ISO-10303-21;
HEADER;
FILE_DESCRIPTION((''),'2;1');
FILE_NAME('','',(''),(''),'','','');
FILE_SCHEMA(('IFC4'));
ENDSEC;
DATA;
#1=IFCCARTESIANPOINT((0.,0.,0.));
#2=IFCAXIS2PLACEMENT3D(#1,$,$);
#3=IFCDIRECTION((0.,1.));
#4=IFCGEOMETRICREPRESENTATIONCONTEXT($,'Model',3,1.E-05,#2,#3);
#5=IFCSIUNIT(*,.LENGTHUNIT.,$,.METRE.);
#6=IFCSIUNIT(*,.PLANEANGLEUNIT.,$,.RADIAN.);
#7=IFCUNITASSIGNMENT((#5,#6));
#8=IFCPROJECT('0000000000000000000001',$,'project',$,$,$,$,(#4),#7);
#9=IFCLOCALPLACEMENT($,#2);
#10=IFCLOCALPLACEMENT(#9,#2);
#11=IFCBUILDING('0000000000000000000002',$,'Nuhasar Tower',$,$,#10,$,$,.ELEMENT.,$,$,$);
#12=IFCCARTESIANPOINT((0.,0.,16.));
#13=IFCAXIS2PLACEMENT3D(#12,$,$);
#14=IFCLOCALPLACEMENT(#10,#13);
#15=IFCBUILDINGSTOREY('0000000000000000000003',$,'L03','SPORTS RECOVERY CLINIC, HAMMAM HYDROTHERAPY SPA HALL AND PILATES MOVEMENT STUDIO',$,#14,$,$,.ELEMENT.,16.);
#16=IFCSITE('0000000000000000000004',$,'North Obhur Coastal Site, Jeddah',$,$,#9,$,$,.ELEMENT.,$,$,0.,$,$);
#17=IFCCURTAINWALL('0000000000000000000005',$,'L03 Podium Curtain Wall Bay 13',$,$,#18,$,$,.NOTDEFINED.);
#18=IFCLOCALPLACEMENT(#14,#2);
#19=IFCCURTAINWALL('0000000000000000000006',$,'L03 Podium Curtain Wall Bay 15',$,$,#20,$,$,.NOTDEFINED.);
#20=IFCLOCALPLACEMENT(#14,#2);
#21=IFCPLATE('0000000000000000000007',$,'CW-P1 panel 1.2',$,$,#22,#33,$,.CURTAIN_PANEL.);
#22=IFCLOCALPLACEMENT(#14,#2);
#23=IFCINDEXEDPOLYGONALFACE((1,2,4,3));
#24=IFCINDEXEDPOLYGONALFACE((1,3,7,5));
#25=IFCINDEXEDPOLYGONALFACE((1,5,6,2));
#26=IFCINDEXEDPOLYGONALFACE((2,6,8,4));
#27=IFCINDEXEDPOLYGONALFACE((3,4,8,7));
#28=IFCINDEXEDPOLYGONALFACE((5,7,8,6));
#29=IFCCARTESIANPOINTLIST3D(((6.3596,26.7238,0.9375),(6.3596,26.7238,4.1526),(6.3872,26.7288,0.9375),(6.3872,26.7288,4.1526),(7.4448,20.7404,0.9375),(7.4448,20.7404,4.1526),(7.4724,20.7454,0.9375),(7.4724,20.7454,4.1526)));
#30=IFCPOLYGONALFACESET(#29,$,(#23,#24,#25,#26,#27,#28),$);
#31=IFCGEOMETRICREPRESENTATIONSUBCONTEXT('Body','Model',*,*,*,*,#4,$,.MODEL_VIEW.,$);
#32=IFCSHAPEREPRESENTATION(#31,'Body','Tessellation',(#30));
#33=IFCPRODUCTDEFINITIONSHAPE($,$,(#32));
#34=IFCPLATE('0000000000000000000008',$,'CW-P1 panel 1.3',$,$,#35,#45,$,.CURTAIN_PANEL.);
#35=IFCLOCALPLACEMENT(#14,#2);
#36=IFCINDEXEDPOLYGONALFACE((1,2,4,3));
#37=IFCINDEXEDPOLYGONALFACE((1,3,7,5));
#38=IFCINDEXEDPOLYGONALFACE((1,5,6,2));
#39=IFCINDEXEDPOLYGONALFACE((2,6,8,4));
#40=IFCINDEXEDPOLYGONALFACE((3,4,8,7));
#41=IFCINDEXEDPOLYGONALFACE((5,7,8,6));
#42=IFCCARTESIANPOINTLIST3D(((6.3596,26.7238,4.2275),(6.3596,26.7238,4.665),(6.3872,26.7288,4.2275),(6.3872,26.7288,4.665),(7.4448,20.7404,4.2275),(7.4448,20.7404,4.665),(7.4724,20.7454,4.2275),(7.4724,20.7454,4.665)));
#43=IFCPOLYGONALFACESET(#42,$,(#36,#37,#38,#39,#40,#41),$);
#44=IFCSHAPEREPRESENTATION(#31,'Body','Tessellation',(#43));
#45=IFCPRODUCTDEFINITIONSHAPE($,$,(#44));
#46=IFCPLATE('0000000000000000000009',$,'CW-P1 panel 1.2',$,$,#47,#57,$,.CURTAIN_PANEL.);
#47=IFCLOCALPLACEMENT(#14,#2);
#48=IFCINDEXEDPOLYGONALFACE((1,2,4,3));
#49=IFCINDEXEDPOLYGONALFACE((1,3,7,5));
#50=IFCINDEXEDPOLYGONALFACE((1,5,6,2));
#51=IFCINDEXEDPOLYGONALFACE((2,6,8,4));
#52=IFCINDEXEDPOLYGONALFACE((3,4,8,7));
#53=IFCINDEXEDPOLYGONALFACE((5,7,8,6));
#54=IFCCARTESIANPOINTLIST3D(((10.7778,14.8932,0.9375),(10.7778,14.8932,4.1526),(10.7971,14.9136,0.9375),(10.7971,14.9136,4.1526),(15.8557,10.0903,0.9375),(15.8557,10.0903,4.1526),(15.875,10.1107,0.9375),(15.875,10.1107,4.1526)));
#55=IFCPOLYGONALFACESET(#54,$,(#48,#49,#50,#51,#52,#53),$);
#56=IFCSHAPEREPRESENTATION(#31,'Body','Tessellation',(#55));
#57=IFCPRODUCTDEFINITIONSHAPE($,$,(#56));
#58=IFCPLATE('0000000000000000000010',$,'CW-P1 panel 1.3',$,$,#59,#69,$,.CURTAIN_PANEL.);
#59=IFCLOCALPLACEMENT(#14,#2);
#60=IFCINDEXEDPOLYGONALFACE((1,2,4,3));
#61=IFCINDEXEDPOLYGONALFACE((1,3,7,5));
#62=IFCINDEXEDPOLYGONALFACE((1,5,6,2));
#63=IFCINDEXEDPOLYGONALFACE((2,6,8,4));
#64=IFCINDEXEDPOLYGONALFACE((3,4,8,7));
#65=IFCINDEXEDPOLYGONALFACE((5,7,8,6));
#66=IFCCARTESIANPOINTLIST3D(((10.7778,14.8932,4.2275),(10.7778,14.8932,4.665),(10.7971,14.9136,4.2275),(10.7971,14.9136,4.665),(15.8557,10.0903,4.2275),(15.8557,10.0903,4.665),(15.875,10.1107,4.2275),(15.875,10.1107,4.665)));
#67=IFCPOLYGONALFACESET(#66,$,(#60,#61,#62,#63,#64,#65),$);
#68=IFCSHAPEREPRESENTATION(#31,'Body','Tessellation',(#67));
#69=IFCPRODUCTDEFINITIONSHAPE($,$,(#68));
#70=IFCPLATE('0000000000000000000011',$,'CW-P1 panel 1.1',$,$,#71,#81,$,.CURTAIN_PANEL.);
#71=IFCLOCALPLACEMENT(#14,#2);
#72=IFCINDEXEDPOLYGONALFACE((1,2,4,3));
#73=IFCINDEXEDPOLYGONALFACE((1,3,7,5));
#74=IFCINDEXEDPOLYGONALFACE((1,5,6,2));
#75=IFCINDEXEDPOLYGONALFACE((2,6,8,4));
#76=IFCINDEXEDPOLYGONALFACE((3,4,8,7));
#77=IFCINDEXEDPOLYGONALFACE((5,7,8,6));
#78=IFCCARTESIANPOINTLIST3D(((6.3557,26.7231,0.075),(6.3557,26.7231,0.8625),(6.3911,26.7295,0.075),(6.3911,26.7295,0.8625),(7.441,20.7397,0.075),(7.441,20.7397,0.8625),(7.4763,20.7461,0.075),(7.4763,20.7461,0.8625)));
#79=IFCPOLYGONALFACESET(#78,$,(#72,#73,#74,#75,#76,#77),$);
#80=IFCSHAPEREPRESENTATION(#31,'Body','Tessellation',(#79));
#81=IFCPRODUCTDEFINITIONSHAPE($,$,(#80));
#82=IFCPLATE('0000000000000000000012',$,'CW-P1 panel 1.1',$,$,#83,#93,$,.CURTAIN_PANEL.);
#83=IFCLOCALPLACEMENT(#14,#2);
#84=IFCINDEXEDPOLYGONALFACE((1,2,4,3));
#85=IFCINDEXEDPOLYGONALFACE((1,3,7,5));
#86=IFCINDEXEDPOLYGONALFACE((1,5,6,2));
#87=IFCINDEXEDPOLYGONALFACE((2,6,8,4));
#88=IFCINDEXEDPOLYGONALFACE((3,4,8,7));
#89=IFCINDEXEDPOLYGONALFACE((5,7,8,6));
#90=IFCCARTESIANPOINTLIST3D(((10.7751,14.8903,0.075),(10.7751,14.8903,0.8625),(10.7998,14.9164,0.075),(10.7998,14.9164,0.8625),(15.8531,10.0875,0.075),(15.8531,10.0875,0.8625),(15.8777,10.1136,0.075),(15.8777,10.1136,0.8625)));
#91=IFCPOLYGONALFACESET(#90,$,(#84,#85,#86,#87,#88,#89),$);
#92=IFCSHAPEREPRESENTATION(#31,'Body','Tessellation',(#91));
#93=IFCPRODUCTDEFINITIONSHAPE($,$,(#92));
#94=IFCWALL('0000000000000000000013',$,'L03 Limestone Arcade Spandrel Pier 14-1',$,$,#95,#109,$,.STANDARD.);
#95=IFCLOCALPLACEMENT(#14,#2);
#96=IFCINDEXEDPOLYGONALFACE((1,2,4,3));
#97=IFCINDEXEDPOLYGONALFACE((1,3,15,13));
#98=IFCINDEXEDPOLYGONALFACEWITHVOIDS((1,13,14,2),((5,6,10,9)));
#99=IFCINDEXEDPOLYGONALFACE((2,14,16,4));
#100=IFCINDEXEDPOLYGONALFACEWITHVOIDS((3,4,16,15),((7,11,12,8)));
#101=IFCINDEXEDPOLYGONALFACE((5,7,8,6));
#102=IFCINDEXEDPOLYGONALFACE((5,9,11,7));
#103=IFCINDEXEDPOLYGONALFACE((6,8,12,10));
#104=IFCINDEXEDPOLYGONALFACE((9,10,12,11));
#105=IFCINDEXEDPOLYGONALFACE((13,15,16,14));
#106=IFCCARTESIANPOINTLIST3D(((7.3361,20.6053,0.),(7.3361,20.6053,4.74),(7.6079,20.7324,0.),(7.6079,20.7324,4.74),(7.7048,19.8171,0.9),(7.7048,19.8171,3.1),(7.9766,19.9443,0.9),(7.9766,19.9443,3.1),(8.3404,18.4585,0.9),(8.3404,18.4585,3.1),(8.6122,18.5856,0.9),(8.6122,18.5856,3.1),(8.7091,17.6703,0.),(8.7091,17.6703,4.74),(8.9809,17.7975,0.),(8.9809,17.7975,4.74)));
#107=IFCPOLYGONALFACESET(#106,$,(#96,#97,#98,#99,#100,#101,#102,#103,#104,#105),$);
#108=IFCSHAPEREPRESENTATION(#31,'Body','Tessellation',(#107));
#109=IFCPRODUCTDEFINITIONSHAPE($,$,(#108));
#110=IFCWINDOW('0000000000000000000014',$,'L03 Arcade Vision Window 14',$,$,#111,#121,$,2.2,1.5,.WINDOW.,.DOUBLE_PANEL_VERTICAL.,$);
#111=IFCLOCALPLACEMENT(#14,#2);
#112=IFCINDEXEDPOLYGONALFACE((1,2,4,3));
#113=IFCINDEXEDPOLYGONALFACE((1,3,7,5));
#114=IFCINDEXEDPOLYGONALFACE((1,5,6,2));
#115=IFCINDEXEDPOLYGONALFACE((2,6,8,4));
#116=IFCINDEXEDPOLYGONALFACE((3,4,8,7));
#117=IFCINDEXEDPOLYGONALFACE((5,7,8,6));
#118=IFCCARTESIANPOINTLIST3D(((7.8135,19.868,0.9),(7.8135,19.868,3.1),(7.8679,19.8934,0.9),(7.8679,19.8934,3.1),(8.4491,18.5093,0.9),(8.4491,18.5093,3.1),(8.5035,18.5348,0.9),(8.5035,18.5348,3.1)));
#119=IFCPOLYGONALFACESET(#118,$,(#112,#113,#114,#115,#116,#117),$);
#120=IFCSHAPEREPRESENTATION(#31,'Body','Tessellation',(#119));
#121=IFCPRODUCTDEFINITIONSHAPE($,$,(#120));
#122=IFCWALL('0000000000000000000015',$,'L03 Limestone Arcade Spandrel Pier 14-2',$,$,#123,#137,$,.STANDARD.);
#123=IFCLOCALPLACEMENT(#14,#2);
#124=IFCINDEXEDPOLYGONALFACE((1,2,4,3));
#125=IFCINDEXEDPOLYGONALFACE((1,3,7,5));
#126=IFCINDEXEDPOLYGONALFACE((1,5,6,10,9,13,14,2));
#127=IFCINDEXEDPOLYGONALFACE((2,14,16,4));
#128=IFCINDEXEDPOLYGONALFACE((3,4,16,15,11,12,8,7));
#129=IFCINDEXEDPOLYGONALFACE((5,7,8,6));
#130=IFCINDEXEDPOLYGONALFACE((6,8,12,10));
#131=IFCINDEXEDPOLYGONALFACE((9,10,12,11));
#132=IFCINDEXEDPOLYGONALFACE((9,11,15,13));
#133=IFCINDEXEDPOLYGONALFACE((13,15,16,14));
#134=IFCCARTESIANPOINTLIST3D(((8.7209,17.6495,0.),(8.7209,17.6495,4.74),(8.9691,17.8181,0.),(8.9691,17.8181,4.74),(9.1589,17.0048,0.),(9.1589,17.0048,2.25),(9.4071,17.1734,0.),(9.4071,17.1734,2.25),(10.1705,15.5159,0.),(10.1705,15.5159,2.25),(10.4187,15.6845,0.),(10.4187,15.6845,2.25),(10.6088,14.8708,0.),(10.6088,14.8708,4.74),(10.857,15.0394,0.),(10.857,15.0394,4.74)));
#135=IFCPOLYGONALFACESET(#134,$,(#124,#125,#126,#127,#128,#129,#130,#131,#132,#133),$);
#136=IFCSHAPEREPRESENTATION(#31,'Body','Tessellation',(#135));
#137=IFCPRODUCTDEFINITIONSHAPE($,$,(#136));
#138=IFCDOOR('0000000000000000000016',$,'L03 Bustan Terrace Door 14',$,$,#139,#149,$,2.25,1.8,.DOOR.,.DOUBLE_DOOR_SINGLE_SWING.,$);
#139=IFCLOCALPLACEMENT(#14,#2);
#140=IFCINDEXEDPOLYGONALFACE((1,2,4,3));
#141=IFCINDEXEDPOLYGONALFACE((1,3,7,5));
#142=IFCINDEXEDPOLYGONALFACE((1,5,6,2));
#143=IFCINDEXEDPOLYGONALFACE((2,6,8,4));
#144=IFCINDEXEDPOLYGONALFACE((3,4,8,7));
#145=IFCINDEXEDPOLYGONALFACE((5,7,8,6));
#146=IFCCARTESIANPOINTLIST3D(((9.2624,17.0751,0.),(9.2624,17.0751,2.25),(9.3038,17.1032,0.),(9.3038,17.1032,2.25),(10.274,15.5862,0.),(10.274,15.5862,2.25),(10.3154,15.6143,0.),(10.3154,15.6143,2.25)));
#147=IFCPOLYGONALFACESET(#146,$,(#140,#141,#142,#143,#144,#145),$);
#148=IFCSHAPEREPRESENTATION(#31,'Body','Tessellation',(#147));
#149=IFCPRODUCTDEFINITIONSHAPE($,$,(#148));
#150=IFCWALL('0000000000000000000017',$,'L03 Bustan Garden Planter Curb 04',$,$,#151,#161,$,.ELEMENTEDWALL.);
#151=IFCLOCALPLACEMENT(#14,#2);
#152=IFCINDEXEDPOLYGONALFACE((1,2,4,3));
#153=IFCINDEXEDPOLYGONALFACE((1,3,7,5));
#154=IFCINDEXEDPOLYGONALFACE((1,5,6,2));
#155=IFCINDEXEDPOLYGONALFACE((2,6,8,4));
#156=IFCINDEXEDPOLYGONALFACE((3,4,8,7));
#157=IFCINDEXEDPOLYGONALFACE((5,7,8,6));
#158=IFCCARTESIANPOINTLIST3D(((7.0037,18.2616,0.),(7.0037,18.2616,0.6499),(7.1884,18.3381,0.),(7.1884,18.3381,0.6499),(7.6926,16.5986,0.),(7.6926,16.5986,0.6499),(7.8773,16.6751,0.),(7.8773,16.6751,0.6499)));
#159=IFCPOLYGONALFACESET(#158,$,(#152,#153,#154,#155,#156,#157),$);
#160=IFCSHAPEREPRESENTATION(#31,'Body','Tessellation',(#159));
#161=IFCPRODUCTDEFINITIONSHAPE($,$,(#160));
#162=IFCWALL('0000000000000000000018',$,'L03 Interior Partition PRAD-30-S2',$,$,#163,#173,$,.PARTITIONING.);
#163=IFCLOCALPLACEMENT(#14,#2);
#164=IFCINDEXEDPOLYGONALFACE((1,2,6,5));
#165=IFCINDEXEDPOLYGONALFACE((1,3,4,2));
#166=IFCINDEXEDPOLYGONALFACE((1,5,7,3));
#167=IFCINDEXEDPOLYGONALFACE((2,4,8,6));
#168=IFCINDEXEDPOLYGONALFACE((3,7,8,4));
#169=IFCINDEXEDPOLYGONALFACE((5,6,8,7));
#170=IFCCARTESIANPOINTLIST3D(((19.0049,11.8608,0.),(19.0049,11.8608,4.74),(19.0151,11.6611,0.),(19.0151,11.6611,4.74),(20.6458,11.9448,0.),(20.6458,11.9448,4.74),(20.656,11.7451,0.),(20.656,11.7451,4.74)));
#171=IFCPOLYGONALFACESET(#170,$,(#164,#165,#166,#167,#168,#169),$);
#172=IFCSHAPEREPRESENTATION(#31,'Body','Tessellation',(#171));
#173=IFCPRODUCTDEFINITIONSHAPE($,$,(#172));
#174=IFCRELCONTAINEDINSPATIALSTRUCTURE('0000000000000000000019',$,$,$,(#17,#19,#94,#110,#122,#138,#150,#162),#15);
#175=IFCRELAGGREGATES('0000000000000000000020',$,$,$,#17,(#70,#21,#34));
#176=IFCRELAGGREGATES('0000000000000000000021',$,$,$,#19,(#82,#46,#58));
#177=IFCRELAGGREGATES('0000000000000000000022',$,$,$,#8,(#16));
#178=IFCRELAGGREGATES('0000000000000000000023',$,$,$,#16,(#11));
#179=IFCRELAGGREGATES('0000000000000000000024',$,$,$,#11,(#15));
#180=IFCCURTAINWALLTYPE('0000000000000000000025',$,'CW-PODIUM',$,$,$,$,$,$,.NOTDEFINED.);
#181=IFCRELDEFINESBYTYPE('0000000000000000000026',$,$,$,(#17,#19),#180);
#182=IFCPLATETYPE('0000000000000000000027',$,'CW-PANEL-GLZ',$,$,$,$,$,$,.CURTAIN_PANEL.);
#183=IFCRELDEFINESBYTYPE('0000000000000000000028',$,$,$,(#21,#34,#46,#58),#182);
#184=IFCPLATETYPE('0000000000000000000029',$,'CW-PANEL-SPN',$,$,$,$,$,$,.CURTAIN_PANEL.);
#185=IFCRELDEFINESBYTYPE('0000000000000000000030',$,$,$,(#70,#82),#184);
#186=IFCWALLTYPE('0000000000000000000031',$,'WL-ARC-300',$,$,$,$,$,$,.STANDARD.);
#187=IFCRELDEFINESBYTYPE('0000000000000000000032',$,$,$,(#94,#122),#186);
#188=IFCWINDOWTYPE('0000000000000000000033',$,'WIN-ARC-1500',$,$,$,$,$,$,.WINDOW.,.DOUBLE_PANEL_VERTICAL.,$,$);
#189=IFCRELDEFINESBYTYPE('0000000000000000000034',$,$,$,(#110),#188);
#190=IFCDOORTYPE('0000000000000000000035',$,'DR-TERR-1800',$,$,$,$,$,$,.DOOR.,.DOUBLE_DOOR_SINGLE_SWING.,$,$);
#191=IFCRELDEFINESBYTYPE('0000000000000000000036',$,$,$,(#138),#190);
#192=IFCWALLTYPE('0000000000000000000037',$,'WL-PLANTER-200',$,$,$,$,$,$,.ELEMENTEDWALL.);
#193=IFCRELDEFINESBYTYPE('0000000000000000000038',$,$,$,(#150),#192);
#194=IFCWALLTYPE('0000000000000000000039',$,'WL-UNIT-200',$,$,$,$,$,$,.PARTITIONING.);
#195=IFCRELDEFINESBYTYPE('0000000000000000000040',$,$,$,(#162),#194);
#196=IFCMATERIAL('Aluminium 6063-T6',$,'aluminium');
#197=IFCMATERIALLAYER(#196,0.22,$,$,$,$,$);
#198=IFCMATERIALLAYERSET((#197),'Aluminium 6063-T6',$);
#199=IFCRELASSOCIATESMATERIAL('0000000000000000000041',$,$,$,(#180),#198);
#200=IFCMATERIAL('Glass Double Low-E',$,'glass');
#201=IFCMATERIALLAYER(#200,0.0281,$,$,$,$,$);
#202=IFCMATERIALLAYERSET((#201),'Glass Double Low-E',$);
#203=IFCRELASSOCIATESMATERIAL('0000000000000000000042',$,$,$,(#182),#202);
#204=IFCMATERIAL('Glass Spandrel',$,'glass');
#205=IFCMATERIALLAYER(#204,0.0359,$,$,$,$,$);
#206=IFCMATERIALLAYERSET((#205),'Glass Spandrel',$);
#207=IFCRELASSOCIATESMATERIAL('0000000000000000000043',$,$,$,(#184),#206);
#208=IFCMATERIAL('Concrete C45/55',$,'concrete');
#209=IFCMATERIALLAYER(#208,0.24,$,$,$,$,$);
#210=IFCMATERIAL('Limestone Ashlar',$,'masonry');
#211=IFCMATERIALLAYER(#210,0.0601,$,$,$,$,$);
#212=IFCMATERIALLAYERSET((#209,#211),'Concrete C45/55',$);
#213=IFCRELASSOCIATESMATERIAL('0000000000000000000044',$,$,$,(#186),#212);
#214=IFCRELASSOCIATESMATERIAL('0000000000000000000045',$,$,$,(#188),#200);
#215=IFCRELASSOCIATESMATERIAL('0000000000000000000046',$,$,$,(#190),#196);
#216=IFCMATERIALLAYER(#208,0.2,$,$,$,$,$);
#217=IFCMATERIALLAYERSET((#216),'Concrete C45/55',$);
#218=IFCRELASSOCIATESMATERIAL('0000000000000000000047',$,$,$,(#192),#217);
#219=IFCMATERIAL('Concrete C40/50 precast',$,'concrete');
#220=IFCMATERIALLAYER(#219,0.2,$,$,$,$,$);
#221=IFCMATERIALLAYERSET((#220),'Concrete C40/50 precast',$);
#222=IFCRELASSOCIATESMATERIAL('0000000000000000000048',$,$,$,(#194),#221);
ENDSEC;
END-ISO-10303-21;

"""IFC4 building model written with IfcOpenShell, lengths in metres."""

from ifc_helpers import new_model, si_unit, direction, frame, frame_2d, origin, origin_2d, place, context, subcontext, project, spatial, rectangle, extrude, material, layer, layer_set, type_object, element, fill, aggregate, save


model = new_model("IFC4")

# Units and contexts
model_context = context("Model", 3, precision=1e-05, world=origin(), true_north=direction((0.0, 1.0)))
body_context = subcontext(model_context, "Body", "Model", "MODEL_VIEW")
ifc_project = project(units=[si_unit("LENGTHUNIT", "METRE"), si_unit("PLANEANGLEUNIT", "RADIAN")], contexts=[model_context])

# Site, building, storey
site_placement = place(None, origin())
site = spatial("IfcSite", under=ifc_project, at=site_placement, Name="North Obhur Coastal Site, Jeddah", CompositionType="ELEMENT", RefElevation=0.0)
building_placement = place(site_placement, origin())
building = spatial("IfcBuilding", under=site, at=building_placement, Name="Nuhasar Tower", CompositionType="ELEMENT")
storey_placement = place(building_placement, frame((0.0, 0.0, 16.0)))
storey = spatial("IfcBuildingStorey", under=building, at=storey_placement, Name="L03", Description="SPORTS RECOVERY CLINIC, HAMMAM HYDROTHERAPY SPA HALL AND PILATES MOVEMENT STUDIO", CompositionType="ELEMENT", Elevation=16.0)

# Curtain wall
ifc_material_1 = material(Name="Aluminium 6063-T6", Category="aluminium")
ifc_layer_1 = layer(ifc_material_1, 0.22)
ifc_layer_set_1 = layer_set([ifc_layer_1], Name="Aluminium 6063-T6")
curtain_wall_type = type_object("IfcCurtainWallType", Name="CW-PODIUM", PredefinedType="NOTDEFINED", material=ifc_layer_set_1)
curtain_wall_1_placement = place(storey_placement, origin())
curtain_wall_1 = element("IfcCurtainWall", 1, at=curtain_wall_1_placement, inside=storey, type_object=curtain_wall_type, Name="L03 Podium Curtain Wall Bay 13", PredefinedType="NOTDEFINED")

# Curtain wall
curtain_wall_2_placement = place(storey_placement, origin())
curtain_wall_2 = element("IfcCurtainWall", 2, at=curtain_wall_2_placement, inside=storey, type_object=curtain_wall_type, Name="L03 Podium Curtain Wall Bay 15", PredefinedType="NOTDEFINED")

# Plates
ifc_material_2 = material(Name="Glass Double Low-E", Category="glass")
ifc_layer_2 = layer(ifc_material_2, 0.0281)
ifc_layer_set_2 = layer_set([ifc_layer_2], Name="Glass Double Low-E")
plate_type_1 = type_object("IfcPlateType", Name="CW-PANEL-GLZ", PredefinedType="CURTAIN_PANEL", material=ifc_layer_set_2)
plate_1_placement = place(storey_placement, frame((6.916, 23.7346, 0.9375), z_axis=(0.0, 0.0, 1.0), x_axis=(0.178462, -0.983947, 0.0)))
plate_1 = element("IfcPlate", 3, at=plate_1_placement, type_object=plate_type_1, Name="CW-P1 panel 1.2", PredefinedType="CURTAIN_PANEL", context=body_context, shape_type="SweptSolid", body=[
    extrude(rectangle(XDim=6.0811, YDim=0.0281, at=origin_2d()), origin(), (0.0, 0.0, 1.0), 3.2151),
])
plate_2_placement = place(storey_placement, frame((6.916, 23.7346, 4.2275), z_axis=(0.0, 0.0, 1.0), x_axis=(0.178462, -0.983947, 0.0)))
plate_2 = element("IfcPlate", 4, at=plate_2_placement, type_object=plate_type_1, Name="CW-P1 panel 1.3", PredefinedType="CURTAIN_PANEL", context=body_context, shape_type="SweptSolid", body=[
    extrude(rectangle(XDim=6.0811, YDim=0.0281, at=origin_2d()), origin(), (0.0, 0.0, 1.0), 0.4375),
])
plate_3_placement = place(storey_placement, frame((13.3264, 12.502, 0.9375), z_axis=(0.0, 0.0, 1.0), x_axis=(0.726512, -0.687154, 0.0)))
plate_3 = element("IfcPlate", 5, at=plate_3_placement, type_object=plate_type_1, Name="CW-P1 panel 1.2", PredefinedType="CURTAIN_PANEL", context=body_context, shape_type="SweptSolid", body=[
    extrude(rectangle(XDim=6.9895, YDim=0.0281, at=origin_2d()), origin(), (0.0, 0.0, 1.0), 3.2151),
])
plate_4_placement = place(storey_placement, frame((13.3264, 12.502, 4.2275), z_axis=(0.0, 0.0, 1.0), x_axis=(0.726512, -0.687154, 0.0)))
plate_4 = element("IfcPlate", 6, at=plate_4_placement, type_object=plate_type_1, Name="CW-P1 panel 1.3", PredefinedType="CURTAIN_PANEL", context=body_context, shape_type="SweptSolid", body=[
    extrude(rectangle(XDim=6.9895, YDim=0.0281, at=origin_2d()), origin(), (0.0, 0.0, 1.0), 0.4375),
])
ifc_material_3 = material(Name="Glass Spandrel", Category="glass")
ifc_layer_3 = layer(ifc_material_3, 0.0359)
ifc_layer_set_3 = layer_set([ifc_layer_3], Name="Glass Spandrel")
plate_type_2 = type_object("IfcPlateType", Name="CW-PANEL-SPN", PredefinedType="CURTAIN_PANEL", material=ifc_layer_set_3)
plate_5_placement = place(storey_placement, frame((6.916, 23.7346, 0.075), z_axis=(0.0, 0.0, 1.0), x_axis=(0.178462, -0.983947, 0.0)))
plate_5 = element("IfcPlate", 7, at=plate_5_placement, type_object=plate_type_2, Name="CW-P1 panel 1.1", PredefinedType="CURTAIN_PANEL", context=body_context, shape_type="SweptSolid", body=[
    extrude(rectangle(XDim=6.0811, YDim=0.0359, at=origin_2d()), origin(), (0.0, 0.0, 1.0), 0.7876),
])
aggregate(curtain_wall_1, [plate_5, plate_1, plate_2])
plate_6_placement = place(storey_placement, frame((13.3264, 12.502, 0.075), z_axis=(0.0, 0.0, 1.0), x_axis=(0.726512, -0.687154, 0.0)))
plate_6 = element("IfcPlate", 8, at=plate_6_placement, type_object=plate_type_2, Name="CW-P1 panel 1.1", PredefinedType="CURTAIN_PANEL", context=body_context, shape_type="SweptSolid", body=[
    extrude(rectangle(XDim=6.9895, YDim=0.0359, at=origin_2d()), origin(), (0.0, 0.0, 1.0), 0.7876),
])
aggregate(curtain_wall_2, [plate_6, plate_3, plate_4])

# Wall, opening, window
ifc_material_4 = material(Name="Concrete C45/55", Category="concrete")
ifc_layer_4 = layer(ifc_material_4, 0.24)
ifc_material_5 = material(Name="Limestone Ashlar", Category="masonry")
ifc_layer_5 = layer(ifc_material_5, 0.0601)
ifc_layer_set_4 = layer_set([ifc_layer_4, ifc_layer_5], Name="Concrete C45/55")
wall_type_1 = type_object("IfcWallType", Name="WL-ARC-300", PredefinedType="STANDARD", material=ifc_layer_set_4)
wall_1_placement = place(storey_placement, frame((8.845, 17.7339, 0.0), z_axis=(0.0, 0.0, 1.0), x_axis=(-0.423735, 0.905786, 0.0)))
wall_1 = element("IfcWall", 9, at=wall_1_placement, inside=storey, type_object=wall_type_1, Name="L03 Limestone Arcade Spandrel Pier 14-1", PredefinedType="STANDARD", context=body_context, shape_type="SweptSolid", body=[
    extrude(rectangle(XDim=3.2402, YDim=0.3, at=frame_2d((1.6201, 0.0))), origin(), (0.0, 0.0, 1.0), 4.74),
])
opening_1_placement = place(wall_1_placement, frame((0.8701, 0.0, 0.8999)))
opening_1 = element("IfcOpeningElement", 10, at=opening_1_placement, cuts=wall_1, PredefinedType="OPENING", context=body_context, shape_type="SweptSolid", body=[
    extrude(rectangle(XDim=1.5, YDim=2.2, at=frame_2d((0.75, 1.1001))), frame((0.0, 0.1602, 0.0), z_axis=(0.0, -1.0, 0.0), x_axis=(1.0, 0.0, 0.0)), (0.0, 0.0, 1.0), 0.3201),
])
window_type = type_object("IfcWindowType", Name="WIN-ARC-1500", PartitioningType="DOUBLE_PANEL_VERTICAL", PredefinedType="WINDOW", material=ifc_material_2)
window_placement = place(opening_1_placement, origin())
window = element("IfcWindow", 11, at=window_placement, inside=storey, type_object=window_type, Name="L03 Arcade Vision Window 14", OverallHeight=2.2, OverallWidth=1.5, PartitioningType="DOUBLE_PANEL_VERTICAL", PredefinedType="WINDOW", context=body_context, shape_type="SweptSolid", body=[
    extrude(rectangle(XDim=1.5, YDim=2.2, at=frame_2d((0.75, 1.1001))), frame((0.0, 0.03, 0.0), z_axis=(0.0, -1.0, 0.0), x_axis=(1.0, 0.0, 0.0)), (0.0, 0.0, 1.0), 0.0601),
])
fill(opening_1, window)

# Wall, opening, door
wall_2_placement = place(storey_placement, frame((10.7329, 14.9551, 0.0), z_axis=(0.0, 0.0, 1.0), x_axis=(-0.561974, 0.827155, 0.0)))
wall_2 = element("IfcWall", 12, at=wall_2_placement, inside=storey, type_object=wall_type_1, Name="L03 Limestone Arcade Spandrel Pier 14-2", PredefinedType="STANDARD", context=body_context, shape_type="SweptSolid", body=[
    extrude(rectangle(XDim=3.3594, YDim=0.3, at=frame_2d((1.6797, 0.0))), origin(), (0.0, 0.0, 1.0), 4.74),
])
opening_2_placement = place(wall_2_placement, frame((0.78, 0.0, 0.0)))
opening_2 = element("IfcOpeningElement", 13, at=opening_2_placement, cuts=wall_2, PredefinedType="OPENING", context=body_context, shape_type="SweptSolid", body=[
    extrude(rectangle(XDim=1.8, YDim=2.25, at=frame_2d((0.8999, 1.125))), frame((0.0, 0.1602, 0.0), z_axis=(0.0, -1.0, 0.0), x_axis=(1.0, 0.0, 0.0)), (0.0, 0.0, 1.0), 0.3201),
])
door_type = type_object("IfcDoorType", Name="DR-TERR-1800", OperationType="DOUBLE_DOOR_SINGLE_SWING", PredefinedType="DOOR", material=ifc_material_1)
door_placement = place(opening_2_placement, origin())
door = element("IfcDoor", 14, at=door_placement, inside=storey, type_object=door_type, Name="L03 Bustan Terrace Door 14", OperationType="DOUBLE_DOOR_SINGLE_SWING", OverallHeight=2.25, OverallWidth=1.8, PredefinedType="DOOR", context=body_context, shape_type="SweptSolid", body=[
    extrude(rectangle(XDim=1.8, YDim=2.25, at=frame_2d((0.8999, 1.125))), frame((0.0, 0.0249, 0.0), z_axis=(0.0, -1.0, 0.0), x_axis=(1.0, 0.0, 0.0)), (0.0, 0.0, 1.0), 0.05),
])
fill(opening_2, door)

# Walls
ifc_layer_6 = layer(ifc_material_4, 0.2)
ifc_layer_set_5 = layer_set([ifc_layer_6], Name="Concrete C45/55")
wall_type_2 = type_object("IfcWallType", Name="WL-PLANTER-200", PredefinedType="ELEMENTEDWALL", material=ifc_layer_set_5)
wall_3_placement = place(storey_placement, frame((7.7849, 16.637, 0.0), z_axis=(0.0, 0.0, 1.0), x_axis=(-0.382727, 0.923861, 0.0)))
element("IfcWall", 15, at=wall_3_placement, inside=storey, type_object=wall_type_2, Name="L03 Bustan Garden Planter Curb 04", PredefinedType="ELEMENTEDWALL", context=body_context, shape_type="SweptSolid", body=[
    extrude(rectangle(XDim=1.8, YDim=0.2, at=frame_2d((0.8999, 0.0))), origin(), (0.0, 0.0, 1.0), 0.6499),
])
ifc_material_6 = material(Name="Concrete C40/50 precast", Category="concrete")
ifc_layer_7 = layer(ifc_material_6, 0.2)
ifc_layer_set_6 = layer_set([ifc_layer_7], Name="Concrete C40/50 precast")
wall_type_3 = type_object("IfcWallType", Name="WL-UNIT-200", PredefinedType="PARTITIONING", material=ifc_layer_set_6)
wall_4_placement = place(storey_placement, frame((20.6509, 11.845, 0.0), z_axis=(0.0, 0.0, 1.0), x_axis=(-0.998693, -0.051116, 0.0)))
element("IfcWall", 16, at=wall_4_placement, inside=storey, type_object=wall_type_3, Name="L03 Interior Partition PRAD-30-S2", PredefinedType="PARTITIONING", context=body_context, shape_type="SweptSolid", body=[
    extrude(rectangle(XDim=1.6431, YDim=0.2, at=frame_2d((0.8215, 0.0))), origin(), (0.0, 0.0, 1.0), 4.74),
])

save(model, "model.ifc")
